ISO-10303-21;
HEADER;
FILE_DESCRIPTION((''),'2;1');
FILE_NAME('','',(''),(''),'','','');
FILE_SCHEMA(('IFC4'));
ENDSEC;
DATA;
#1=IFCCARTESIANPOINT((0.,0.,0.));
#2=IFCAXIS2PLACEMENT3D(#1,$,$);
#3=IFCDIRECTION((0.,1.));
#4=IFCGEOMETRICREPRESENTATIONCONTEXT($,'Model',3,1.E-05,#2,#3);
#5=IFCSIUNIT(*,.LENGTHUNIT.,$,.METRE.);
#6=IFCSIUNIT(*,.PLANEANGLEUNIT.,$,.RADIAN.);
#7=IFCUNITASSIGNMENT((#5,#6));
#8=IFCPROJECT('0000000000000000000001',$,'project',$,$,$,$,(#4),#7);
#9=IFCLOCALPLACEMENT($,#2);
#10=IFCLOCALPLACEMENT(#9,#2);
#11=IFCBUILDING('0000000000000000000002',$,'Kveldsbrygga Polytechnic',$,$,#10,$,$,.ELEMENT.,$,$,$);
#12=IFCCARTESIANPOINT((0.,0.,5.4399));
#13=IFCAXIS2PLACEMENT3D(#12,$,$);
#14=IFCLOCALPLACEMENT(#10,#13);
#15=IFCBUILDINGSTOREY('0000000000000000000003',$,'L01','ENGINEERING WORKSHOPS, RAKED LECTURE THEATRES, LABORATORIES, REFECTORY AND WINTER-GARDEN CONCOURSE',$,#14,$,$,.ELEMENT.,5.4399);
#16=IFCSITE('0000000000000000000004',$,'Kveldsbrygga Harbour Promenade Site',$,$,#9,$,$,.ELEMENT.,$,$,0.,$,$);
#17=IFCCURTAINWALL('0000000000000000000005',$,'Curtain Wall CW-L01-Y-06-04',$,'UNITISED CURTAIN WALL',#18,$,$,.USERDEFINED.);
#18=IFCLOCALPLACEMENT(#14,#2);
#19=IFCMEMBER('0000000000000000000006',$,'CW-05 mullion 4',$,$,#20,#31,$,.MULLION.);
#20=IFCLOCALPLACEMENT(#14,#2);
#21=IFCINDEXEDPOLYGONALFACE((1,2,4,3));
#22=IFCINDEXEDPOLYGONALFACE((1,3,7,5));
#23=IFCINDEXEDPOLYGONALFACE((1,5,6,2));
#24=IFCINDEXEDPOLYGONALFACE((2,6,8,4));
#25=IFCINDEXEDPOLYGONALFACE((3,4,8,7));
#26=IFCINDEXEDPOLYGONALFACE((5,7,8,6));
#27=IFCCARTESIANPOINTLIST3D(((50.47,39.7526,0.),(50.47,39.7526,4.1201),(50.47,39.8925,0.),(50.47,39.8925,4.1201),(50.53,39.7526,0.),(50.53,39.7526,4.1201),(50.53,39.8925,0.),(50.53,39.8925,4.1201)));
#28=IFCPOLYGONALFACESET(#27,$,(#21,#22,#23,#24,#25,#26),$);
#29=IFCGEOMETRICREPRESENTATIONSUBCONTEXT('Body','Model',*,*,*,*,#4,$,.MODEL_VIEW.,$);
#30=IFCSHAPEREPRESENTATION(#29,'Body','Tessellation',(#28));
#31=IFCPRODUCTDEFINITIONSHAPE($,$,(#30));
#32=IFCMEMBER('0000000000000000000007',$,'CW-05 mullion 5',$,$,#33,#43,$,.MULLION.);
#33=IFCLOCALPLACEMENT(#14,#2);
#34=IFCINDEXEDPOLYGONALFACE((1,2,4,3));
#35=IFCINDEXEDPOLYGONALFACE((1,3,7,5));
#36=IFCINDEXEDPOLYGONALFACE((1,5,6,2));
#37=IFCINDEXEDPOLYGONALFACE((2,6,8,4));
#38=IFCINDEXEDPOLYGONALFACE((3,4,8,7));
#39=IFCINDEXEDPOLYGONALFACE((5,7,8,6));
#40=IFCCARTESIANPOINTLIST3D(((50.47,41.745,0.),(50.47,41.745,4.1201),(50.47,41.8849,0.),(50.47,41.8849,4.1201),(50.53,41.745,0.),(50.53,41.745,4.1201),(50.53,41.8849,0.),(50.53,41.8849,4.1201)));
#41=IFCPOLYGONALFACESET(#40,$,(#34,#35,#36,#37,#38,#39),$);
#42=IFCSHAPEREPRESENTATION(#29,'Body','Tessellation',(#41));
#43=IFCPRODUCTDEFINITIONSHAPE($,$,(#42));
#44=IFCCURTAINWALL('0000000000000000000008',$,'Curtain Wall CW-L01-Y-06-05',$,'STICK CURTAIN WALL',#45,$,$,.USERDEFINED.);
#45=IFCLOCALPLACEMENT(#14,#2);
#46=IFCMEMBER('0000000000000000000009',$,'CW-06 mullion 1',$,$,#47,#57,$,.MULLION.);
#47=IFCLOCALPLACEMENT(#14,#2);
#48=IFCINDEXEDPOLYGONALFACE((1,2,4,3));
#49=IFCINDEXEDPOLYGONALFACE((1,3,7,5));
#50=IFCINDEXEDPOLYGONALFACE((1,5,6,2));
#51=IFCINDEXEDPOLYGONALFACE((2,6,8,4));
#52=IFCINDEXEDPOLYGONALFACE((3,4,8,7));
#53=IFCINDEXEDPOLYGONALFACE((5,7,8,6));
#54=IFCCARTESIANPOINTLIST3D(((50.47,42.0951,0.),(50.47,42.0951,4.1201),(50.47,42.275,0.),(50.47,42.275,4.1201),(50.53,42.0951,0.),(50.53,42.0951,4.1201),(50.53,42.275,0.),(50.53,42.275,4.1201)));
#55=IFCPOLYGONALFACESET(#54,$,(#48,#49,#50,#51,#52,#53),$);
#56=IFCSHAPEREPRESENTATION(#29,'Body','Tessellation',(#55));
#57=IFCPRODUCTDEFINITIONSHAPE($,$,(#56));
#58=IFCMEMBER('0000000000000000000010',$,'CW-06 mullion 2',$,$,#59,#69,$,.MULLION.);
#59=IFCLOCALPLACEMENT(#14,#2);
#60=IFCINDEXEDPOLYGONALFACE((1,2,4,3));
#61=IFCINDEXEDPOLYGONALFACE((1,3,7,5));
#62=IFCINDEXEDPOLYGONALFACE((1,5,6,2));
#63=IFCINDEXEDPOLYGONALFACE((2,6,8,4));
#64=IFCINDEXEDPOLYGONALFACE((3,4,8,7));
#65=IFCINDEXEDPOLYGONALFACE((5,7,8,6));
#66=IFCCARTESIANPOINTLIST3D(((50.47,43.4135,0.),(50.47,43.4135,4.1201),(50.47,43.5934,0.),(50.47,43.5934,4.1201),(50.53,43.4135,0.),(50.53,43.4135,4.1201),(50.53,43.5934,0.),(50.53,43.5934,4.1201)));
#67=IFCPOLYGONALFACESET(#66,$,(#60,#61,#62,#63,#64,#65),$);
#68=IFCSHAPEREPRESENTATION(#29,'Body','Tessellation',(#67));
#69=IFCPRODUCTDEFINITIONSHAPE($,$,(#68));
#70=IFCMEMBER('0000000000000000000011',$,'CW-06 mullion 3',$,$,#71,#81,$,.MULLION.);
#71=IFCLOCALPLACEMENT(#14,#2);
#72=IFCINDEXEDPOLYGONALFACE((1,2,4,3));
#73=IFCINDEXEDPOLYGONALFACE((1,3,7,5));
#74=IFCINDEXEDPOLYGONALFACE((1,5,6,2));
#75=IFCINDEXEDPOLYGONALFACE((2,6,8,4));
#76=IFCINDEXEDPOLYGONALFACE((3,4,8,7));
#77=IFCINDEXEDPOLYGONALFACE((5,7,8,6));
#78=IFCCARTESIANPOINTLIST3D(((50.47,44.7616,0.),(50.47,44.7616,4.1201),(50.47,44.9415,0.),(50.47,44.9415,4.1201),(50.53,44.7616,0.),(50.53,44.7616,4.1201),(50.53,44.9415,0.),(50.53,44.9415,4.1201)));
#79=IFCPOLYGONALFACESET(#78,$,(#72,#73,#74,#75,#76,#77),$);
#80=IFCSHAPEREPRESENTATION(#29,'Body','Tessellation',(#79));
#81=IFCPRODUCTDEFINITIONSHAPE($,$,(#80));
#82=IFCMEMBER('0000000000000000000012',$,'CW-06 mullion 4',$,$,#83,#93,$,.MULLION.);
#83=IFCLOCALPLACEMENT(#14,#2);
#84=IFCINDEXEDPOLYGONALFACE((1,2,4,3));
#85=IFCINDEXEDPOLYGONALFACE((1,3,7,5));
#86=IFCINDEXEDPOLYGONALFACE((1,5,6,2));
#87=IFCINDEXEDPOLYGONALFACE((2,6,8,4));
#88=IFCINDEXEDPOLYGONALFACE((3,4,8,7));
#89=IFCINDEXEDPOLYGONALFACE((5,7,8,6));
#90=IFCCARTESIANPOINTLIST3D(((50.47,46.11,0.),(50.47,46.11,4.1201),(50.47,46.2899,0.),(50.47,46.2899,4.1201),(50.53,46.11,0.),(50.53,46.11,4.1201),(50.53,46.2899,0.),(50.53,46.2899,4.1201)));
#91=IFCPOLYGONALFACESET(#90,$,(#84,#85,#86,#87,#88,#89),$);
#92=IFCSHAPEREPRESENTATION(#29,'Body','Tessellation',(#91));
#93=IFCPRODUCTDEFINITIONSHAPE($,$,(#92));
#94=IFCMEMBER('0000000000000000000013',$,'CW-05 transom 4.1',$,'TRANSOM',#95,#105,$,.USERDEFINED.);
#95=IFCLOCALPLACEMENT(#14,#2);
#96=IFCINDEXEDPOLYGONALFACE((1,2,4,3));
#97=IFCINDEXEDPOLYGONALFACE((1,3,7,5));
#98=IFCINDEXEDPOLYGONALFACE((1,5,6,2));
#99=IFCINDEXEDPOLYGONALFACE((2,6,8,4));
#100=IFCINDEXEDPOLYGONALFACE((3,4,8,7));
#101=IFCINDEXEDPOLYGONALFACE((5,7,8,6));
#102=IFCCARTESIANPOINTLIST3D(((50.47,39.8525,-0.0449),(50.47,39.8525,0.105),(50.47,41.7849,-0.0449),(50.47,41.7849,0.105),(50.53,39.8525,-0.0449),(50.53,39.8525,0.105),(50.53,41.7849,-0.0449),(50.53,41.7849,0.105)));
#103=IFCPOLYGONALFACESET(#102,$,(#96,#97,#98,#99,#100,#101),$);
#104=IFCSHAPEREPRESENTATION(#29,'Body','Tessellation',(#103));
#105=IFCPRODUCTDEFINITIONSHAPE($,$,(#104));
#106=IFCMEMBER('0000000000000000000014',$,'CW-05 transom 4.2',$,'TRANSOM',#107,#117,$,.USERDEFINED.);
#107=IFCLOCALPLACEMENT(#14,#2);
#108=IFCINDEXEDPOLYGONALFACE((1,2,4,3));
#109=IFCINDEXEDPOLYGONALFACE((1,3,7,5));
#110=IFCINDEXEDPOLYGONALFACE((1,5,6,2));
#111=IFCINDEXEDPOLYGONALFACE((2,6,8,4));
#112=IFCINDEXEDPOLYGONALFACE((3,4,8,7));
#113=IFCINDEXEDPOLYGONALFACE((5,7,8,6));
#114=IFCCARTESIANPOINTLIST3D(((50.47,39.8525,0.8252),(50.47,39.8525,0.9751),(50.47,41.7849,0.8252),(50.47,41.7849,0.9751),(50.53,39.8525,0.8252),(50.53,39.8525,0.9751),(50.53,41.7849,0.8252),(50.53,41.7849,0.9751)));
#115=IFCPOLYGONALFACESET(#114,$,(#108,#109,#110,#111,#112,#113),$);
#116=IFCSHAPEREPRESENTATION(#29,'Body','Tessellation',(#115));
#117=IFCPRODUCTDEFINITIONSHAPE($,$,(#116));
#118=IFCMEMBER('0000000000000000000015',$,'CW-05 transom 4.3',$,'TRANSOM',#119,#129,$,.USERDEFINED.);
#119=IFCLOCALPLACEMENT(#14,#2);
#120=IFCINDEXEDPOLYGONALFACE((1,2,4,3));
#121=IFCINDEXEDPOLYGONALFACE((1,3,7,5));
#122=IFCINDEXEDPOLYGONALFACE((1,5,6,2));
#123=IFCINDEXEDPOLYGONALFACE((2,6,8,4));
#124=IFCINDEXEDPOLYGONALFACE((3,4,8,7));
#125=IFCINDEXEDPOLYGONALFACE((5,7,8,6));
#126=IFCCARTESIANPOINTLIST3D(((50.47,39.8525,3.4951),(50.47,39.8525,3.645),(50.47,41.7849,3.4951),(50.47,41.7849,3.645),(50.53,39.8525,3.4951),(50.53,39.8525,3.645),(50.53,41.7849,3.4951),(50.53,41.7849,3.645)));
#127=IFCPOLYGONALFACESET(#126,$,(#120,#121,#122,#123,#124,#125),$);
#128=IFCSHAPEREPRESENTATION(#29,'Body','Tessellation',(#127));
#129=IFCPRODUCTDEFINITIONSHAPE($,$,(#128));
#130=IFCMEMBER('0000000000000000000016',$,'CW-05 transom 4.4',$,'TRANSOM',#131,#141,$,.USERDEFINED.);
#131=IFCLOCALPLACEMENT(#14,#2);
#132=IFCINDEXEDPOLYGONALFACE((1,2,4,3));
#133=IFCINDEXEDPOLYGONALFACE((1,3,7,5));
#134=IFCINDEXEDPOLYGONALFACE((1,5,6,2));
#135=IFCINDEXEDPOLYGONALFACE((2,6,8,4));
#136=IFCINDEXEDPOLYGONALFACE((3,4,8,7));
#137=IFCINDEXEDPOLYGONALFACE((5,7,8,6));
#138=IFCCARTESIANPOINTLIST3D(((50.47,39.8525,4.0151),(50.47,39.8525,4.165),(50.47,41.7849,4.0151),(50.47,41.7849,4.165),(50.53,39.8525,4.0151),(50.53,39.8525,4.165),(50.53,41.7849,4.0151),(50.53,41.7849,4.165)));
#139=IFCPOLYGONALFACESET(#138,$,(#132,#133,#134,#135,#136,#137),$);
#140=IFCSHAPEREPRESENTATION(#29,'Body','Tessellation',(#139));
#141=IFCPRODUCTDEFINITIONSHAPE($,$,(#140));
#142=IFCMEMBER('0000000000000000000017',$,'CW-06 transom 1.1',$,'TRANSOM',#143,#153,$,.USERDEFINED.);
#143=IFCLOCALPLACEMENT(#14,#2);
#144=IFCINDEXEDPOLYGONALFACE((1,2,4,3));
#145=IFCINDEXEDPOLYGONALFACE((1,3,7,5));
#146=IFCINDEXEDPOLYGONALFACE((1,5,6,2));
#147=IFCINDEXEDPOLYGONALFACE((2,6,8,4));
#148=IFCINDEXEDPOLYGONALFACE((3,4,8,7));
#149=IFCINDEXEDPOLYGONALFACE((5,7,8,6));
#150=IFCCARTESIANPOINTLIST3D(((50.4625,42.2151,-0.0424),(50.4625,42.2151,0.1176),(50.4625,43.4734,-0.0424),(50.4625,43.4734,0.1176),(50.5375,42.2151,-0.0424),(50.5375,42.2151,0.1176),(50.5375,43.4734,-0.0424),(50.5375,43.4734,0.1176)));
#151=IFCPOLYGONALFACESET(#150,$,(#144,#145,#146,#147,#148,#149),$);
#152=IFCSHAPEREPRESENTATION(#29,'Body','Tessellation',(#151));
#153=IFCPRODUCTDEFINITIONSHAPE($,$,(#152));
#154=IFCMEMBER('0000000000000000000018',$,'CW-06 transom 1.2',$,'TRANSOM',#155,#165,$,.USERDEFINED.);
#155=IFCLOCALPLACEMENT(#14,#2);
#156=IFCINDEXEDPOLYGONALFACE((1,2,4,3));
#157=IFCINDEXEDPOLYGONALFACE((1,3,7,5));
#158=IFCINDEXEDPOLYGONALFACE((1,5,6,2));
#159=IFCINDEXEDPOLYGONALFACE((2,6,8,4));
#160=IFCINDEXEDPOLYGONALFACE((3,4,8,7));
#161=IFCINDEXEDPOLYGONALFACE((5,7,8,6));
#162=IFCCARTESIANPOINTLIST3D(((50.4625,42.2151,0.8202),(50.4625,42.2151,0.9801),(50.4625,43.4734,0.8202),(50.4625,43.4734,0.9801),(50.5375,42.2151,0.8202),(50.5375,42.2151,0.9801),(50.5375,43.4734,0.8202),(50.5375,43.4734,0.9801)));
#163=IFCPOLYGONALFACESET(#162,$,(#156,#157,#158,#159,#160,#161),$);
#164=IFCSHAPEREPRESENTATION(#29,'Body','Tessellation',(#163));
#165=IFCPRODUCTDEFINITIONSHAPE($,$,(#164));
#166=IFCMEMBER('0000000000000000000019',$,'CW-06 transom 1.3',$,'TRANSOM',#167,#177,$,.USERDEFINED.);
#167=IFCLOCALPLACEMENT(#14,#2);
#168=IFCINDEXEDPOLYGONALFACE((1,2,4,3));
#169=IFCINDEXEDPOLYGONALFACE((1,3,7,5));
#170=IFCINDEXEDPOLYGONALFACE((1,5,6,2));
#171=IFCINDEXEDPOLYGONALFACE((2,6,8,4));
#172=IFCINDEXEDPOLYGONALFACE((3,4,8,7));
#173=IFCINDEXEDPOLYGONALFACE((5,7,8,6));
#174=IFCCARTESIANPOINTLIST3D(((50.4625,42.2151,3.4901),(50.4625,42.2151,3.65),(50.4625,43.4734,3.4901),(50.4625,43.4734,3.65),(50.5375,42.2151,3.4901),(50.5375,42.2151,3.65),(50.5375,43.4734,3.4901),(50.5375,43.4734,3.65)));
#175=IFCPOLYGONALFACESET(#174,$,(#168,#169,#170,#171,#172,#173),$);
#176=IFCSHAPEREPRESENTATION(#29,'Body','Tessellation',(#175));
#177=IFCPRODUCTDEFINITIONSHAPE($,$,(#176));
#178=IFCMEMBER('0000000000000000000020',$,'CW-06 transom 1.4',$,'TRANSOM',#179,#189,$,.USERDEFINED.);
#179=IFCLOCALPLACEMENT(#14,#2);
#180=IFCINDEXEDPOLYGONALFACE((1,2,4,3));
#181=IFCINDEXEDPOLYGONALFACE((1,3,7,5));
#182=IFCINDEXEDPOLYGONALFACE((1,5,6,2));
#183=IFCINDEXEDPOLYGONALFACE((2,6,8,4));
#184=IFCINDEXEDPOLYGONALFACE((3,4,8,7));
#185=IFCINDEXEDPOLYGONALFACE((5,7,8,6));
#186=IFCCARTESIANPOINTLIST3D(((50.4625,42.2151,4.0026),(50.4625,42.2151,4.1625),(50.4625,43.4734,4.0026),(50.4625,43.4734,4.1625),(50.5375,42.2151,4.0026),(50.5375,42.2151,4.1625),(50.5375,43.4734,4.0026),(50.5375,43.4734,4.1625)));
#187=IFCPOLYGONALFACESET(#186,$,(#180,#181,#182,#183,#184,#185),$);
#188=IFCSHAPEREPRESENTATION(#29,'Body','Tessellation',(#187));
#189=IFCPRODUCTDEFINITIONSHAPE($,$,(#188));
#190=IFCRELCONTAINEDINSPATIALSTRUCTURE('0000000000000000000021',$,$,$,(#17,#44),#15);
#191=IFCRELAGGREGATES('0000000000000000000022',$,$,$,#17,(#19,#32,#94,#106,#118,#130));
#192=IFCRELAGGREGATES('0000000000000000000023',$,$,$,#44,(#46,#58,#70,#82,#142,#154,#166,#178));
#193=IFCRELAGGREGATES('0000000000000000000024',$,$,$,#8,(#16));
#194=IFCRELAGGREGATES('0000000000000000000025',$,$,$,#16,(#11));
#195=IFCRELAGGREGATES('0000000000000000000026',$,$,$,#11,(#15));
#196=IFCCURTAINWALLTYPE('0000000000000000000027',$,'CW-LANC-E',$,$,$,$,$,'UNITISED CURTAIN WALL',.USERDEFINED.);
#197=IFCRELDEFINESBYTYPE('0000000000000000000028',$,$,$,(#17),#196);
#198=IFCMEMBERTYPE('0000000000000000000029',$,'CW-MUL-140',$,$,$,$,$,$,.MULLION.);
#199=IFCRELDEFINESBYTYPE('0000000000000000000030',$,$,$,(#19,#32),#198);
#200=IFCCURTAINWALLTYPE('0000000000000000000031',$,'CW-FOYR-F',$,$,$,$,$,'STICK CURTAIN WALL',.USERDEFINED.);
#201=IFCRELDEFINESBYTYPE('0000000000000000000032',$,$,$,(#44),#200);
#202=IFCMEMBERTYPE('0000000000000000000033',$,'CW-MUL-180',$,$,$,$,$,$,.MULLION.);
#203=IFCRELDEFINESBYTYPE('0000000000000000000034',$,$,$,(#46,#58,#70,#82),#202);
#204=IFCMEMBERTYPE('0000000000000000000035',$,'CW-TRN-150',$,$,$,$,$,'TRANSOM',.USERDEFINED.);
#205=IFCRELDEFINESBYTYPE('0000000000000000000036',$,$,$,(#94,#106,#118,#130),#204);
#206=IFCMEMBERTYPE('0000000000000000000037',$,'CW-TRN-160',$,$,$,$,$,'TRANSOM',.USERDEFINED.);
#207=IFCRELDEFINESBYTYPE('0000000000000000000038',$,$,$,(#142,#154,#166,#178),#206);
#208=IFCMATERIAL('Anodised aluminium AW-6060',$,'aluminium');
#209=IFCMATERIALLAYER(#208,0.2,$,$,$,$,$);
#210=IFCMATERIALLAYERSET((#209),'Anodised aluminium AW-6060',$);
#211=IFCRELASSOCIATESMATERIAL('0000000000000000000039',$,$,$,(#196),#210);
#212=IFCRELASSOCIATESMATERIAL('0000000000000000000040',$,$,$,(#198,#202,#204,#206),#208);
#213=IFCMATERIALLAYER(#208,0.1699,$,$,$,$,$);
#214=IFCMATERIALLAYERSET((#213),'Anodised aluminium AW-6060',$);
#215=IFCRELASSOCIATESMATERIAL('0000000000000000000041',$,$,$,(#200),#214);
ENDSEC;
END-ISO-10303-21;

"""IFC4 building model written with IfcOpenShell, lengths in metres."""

from ifc_helpers import new_model, si_unit, direction, frame, origin, origin_2d, place, context, subcontext, project, spatial, rectangle, extrude, material, layer, layer_set, material_profile, profile_set, type_object, element, aggregate, save


model = new_model("IFC4")

# Units and contexts
model_context = context("Model", 3, precision=1e-05, world=origin(), true_north=direction((0.0, 1.0)))
body_context = subcontext(model_context, "Body", "Model", "MODEL_VIEW")
ifc_project = project(units=[si_unit("LENGTHUNIT", "METRE"), si_unit("PLANEANGLEUNIT", "RADIAN")], contexts=[model_context])

# Site, building, storey
site_placement = place(None, origin())
site = spatial("IfcSite", under=ifc_project, at=site_placement, Name="Kveldsbrygga Harbour Promenade Site", CompositionType="ELEMENT", RefElevation=0.0)
building_placement = place(site_placement, origin())
building = spatial("IfcBuilding", under=site, at=building_placement, Name="Kveldsbrygga Polytechnic", CompositionType="ELEMENT")
storey_placement = place(building_placement, frame((0.0, 0.0, 5.4399)))
storey = spatial("IfcBuildingStorey", under=building, at=storey_placement, Name="L01", Description="ENGINEERING WORKSHOPS, RAKED LECTURE THEATRES, LABORATORIES, REFECTORY AND WINTER-GARDEN CONCOURSE", CompositionType="ELEMENT", Elevation=5.4399)

# Curtain walls, members
ifc_material_1 = material(Name="Anodised aluminium AW-6060", Category="aluminium")
ifc_layer_1 = layer(ifc_material_1, 0.2)
ifc_layer_set_1 = layer_set([ifc_layer_1], Name="Anodised aluminium AW-6060")
curtain_wall_type_1 = type_object("IfcCurtainWallType", Name="CW-LANC-E", ElementType="UNITISED CURTAIN WALL", PredefinedType="USERDEFINED", material=ifc_layer_set_1)
curtain_wall_1_placement = place(storey_placement, origin())
curtain_wall_1 = element("IfcCurtainWall", 1, at=curtain_wall_1_placement, inside=storey, type_object=curtain_wall_type_1, Name="Curtain Wall CW-L01-Y-06-04", ObjectType="UNITISED CURTAIN WALL", PredefinedType="USERDEFINED")
ifc_material_profile_1 = material_profile(ifc_material_1, rectangle(XDim=0.0601, YDim=0.1399, at=origin_2d()), Name="ALU 60x140")
ifc_profile_set_1 = profile_set([ifc_material_profile_1], Name="Anodised aluminium AW-6060")
member_type_1 = type_object("IfcMemberType", Name="CW-MUL-140", PredefinedType="MULLION", material=ifc_profile_set_1)
member_1_placement = place(storey_placement, frame((50.5, 39.8225, 0.0), z_axis=(0.0, 0.0, 1.0), x_axis=(-1.0, 0.0, 0.0)))
member_1 = element("IfcMember", 2, at=member_1_placement, type_object=member_type_1, Name="CW-05 mullion 4", PredefinedType="MULLION", context=body_context, shape_type="SweptSolid", body=[
    extrude(rectangle(XDim=0.0601, YDim=0.1399, at=origin_2d()), origin(), (0.0, 0.0, 1.0), 4.1201),
])
member_2_placement = place(storey_placement, frame((50.5, 41.8149, 0.0), z_axis=(0.0, 0.0, 1.0), x_axis=(-1.0, 0.0, 0.0)))
member_2 = element("IfcMember", 3, at=member_2_placement, type_object=member_type_1, Name="CW-05 mullion 5", PredefinedType="MULLION", context=body_context, shape_type="SweptSolid", body=[
    extrude(rectangle(XDim=0.0601, YDim=0.1399, at=origin_2d()), origin(), (0.0, 0.0, 1.0), 4.1201),
])
ifc_layer_2 = layer(ifc_material_1, 0.1699)
ifc_layer_set_2 = layer_set([ifc_layer_2], Name="Anodised aluminium AW-6060")
curtain_wall_type_2 = type_object("IfcCurtainWallType", Name="CW-FOYR-F", ElementType="STICK CURTAIN WALL", PredefinedType="USERDEFINED", material=ifc_layer_set_2)
curtain_wall_2_placement = place(storey_placement, origin())
curtain_wall_2 = element("IfcCurtainWall", 4, at=curtain_wall_2_placement, inside=storey, type_object=curtain_wall_type_2, Name="Curtain Wall CW-L01-Y-06-05", ObjectType="STICK CURTAIN WALL", PredefinedType="USERDEFINED")
ifc_material_profile_2 = material_profile(ifc_material_1, rectangle(XDim=0.0601, YDim=0.1799, at=origin_2d()), Name="ALU 60x180")
ifc_profile_set_2 = profile_set([ifc_material_profile_2], Name="Anodised aluminium AW-6060")
member_type_2 = type_object("IfcMemberType", Name="CW-MUL-180", PredefinedType="MULLION", material=ifc_profile_set_2)
member_3_placement = place(storey_placement, frame((50.5, 42.1851, 0.0), z_axis=(0.0, 0.0, 1.0), x_axis=(-1.0, 0.0, 0.0)))
member_3 = element("IfcMember", 5, at=member_3_placement, type_object=member_type_2, Name="CW-06 mullion 1", PredefinedType="MULLION", context=body_context, shape_type="SweptSolid", body=[
    extrude(rectangle(XDim=0.0601, YDim=0.1799, at=origin_2d()), origin(), (0.0, 0.0, 1.0), 4.1201),
])
member_4_placement = place(storey_placement, frame((50.5, 43.5034, 0.0), z_axis=(0.0, 0.0, 1.0), x_axis=(-1.0, 0.0, 0.0)))
member_4 = element("IfcMember", 6, at=member_4_placement, type_object=member_type_2, Name="CW-06 mullion 2", PredefinedType="MULLION", context=body_context, shape_type="SweptSolid", body=[
    extrude(rectangle(XDim=0.0601, YDim=0.1799, at=origin_2d()), origin(), (0.0, 0.0, 1.0), 4.1201),
])
member_5_placement = place(storey_placement, frame((50.5, 44.8516, 0.0), z_axis=(0.0, 0.0, 1.0), x_axis=(-1.0, 0.0, 0.0)))
member_5 = element("IfcMember", 7, at=member_5_placement, type_object=member_type_2, Name="CW-06 mullion 3", PredefinedType="MULLION", context=body_context, shape_type="SweptSolid", body=[
    extrude(rectangle(XDim=0.0601, YDim=0.1799, at=origin_2d()), origin(), (0.0, 0.0, 1.0), 4.1201),
])
member_6_placement = place(storey_placement, frame((50.5, 46.2, 0.0), z_axis=(0.0, 0.0, 1.0), x_axis=(-1.0, 0.0, 0.0)))
member_6 = element("IfcMember", 8, at=member_6_placement, type_object=member_type_2, Name="CW-06 mullion 4", PredefinedType="MULLION", context=body_context, shape_type="SweptSolid", body=[
    extrude(rectangle(XDim=0.0601, YDim=0.1799, at=origin_2d()), origin(), (0.0, 0.0, 1.0), 4.1201),
])

# Members
ifc_material_profile_3 = material_profile(ifc_material_1, rectangle(XDim=0.0601, YDim=0.1499, at=origin_2d()), Name="ALU 60x150")
ifc_profile_set_3 = profile_set([ifc_material_profile_3], Name="Anodised aluminium AW-6060")
member_type_3 = type_object("IfcMemberType", Name="CW-TRN-150", ElementType="TRANSOM", PredefinedType="USERDEFINED", material=ifc_profile_set_3)
member_7_placement = place(storey_placement, frame((50.5, 39.8525, 0.03), z_axis=(0.0, 1.0, 0.0), x_axis=(-1.0, 0.0, 0.0)))
member_7 = element("IfcMember", 9, at=member_7_placement, type_object=member_type_3, Name="CW-05 transom 4.1", ObjectType="TRANSOM", PredefinedType="USERDEFINED", context=body_context, shape_type="SweptSolid", body=[
    extrude(rectangle(XDim=0.0601, YDim=0.1499, at=origin_2d()), origin(), (0.0, 0.0, 1.0), 1.9324),
])
member_8_placement = place(storey_placement, frame((50.5, 39.8525, 0.9001), z_axis=(0.0, 1.0, 0.0), x_axis=(-1.0, 0.0, 0.0)))
member_8 = element("IfcMember", 10, at=member_8_placement, type_object=member_type_3, Name="CW-05 transom 4.2", ObjectType="TRANSOM", PredefinedType="USERDEFINED", context=body_context, shape_type="SweptSolid", body=[
    extrude(rectangle(XDim=0.0601, YDim=0.1499, at=origin_2d()), origin(), (0.0, 0.0, 1.0), 1.9324),
])
member_9_placement = place(storey_placement, frame((50.5, 39.8525, 3.5701), z_axis=(0.0, 1.0, 0.0), x_axis=(-1.0, 0.0, 0.0)))
member_9 = element("IfcMember", 11, at=member_9_placement, type_object=member_type_3, Name="CW-05 transom 4.3", ObjectType="TRANSOM", PredefinedType="USERDEFINED", context=body_context, shape_type="SweptSolid", body=[
    extrude(rectangle(XDim=0.0601, YDim=0.1499, at=origin_2d()), origin(), (0.0, 0.0, 1.0), 1.9324),
])
member_10_placement = place(storey_placement, frame((50.5, 39.8525, 4.0901), z_axis=(0.0, 1.0, 0.0), x_axis=(-1.0, 0.0, 0.0)))
member_10 = element("IfcMember", 12, at=member_10_placement, type_object=member_type_3, Name="CW-05 transom 4.4", ObjectType="TRANSOM", PredefinedType="USERDEFINED", context=body_context, shape_type="SweptSolid", body=[
    extrude(rectangle(XDim=0.0601, YDim=0.1499, at=origin_2d()), origin(), (0.0, 0.0, 1.0), 1.9324),
])
ifc_material_profile_4 = material_profile(ifc_material_1, rectangle(XDim=0.075, YDim=0.1599, at=origin_2d()), Name="ALU 75x160")
ifc_profile_set_4 = profile_set([ifc_material_profile_4], Name="Anodised aluminium AW-6060")
member_type_4 = type_object("IfcMemberType", Name="CW-TRN-160", ElementType="TRANSOM", PredefinedType="USERDEFINED", material=ifc_profile_set_4)
member_11_placement = place(storey_placement, frame((50.5, 42.2151, 0.0376), z_axis=(0.0, 1.0, 0.0), x_axis=(-1.0, 0.0, 0.0)))
member_11 = element("IfcMember", 13, at=member_11_placement, type_object=member_type_4, Name="CW-06 transom 1.1", ObjectType="TRANSOM", PredefinedType="USERDEFINED", context=body_context, shape_type="SweptSolid", body=[
    extrude(rectangle(XDim=0.075, YDim=0.1599, at=origin_2d()), origin(), (0.0, 0.0, 1.0), 1.2583),
])
member_12_placement = place(storey_placement, frame((50.5, 42.2151, 0.9001), z_axis=(0.0, 1.0, 0.0), x_axis=(-1.0, 0.0, 0.0)))
member_12 = element("IfcMember", 14, at=member_12_placement, type_object=member_type_4, Name="CW-06 transom 1.2", ObjectType="TRANSOM", PredefinedType="USERDEFINED", context=body_context, shape_type="SweptSolid", body=[
    extrude(rectangle(XDim=0.075, YDim=0.1599, at=origin_2d()), origin(), (0.0, 0.0, 1.0), 1.2583),
])
member_13_placement = place(storey_placement, frame((50.5, 42.2151, 3.5701), z_axis=(0.0, 1.0, 0.0), x_axis=(-1.0, 0.0, 0.0)))
member_13 = element("IfcMember", 15, at=member_13_placement, type_object=member_type_4, Name="CW-06 transom 1.3", ObjectType="TRANSOM", PredefinedType="USERDEFINED", context=body_context, shape_type="SweptSolid", body=[
    extrude(rectangle(XDim=0.075, YDim=0.1599, at=origin_2d()), origin(), (0.0, 0.0, 1.0), 1.2583),
])
member_14_placement = place(storey_placement, frame((50.5, 42.2151, 4.0825), z_axis=(0.0, 1.0, 0.0), x_axis=(-1.0, 0.0, 0.0)))
member_14 = element("IfcMember", 16, at=member_14_placement, type_object=member_type_4, Name="CW-06 transom 1.4", ObjectType="TRANSOM", PredefinedType="USERDEFINED", context=body_context, shape_type="SweptSolid", body=[
    extrude(rectangle(XDim=0.075, YDim=0.1599, at=origin_2d()), origin(), (0.0, 0.0, 1.0), 1.2583),
])

aggregate(curtain_wall_1, [member_1, member_2, member_7, member_8, member_9, member_10])
aggregate(curtain_wall_2, [member_3, member_4, member_5, member_6, member_11, member_12, member_13, member_14])

save(model, "model.ifc")
